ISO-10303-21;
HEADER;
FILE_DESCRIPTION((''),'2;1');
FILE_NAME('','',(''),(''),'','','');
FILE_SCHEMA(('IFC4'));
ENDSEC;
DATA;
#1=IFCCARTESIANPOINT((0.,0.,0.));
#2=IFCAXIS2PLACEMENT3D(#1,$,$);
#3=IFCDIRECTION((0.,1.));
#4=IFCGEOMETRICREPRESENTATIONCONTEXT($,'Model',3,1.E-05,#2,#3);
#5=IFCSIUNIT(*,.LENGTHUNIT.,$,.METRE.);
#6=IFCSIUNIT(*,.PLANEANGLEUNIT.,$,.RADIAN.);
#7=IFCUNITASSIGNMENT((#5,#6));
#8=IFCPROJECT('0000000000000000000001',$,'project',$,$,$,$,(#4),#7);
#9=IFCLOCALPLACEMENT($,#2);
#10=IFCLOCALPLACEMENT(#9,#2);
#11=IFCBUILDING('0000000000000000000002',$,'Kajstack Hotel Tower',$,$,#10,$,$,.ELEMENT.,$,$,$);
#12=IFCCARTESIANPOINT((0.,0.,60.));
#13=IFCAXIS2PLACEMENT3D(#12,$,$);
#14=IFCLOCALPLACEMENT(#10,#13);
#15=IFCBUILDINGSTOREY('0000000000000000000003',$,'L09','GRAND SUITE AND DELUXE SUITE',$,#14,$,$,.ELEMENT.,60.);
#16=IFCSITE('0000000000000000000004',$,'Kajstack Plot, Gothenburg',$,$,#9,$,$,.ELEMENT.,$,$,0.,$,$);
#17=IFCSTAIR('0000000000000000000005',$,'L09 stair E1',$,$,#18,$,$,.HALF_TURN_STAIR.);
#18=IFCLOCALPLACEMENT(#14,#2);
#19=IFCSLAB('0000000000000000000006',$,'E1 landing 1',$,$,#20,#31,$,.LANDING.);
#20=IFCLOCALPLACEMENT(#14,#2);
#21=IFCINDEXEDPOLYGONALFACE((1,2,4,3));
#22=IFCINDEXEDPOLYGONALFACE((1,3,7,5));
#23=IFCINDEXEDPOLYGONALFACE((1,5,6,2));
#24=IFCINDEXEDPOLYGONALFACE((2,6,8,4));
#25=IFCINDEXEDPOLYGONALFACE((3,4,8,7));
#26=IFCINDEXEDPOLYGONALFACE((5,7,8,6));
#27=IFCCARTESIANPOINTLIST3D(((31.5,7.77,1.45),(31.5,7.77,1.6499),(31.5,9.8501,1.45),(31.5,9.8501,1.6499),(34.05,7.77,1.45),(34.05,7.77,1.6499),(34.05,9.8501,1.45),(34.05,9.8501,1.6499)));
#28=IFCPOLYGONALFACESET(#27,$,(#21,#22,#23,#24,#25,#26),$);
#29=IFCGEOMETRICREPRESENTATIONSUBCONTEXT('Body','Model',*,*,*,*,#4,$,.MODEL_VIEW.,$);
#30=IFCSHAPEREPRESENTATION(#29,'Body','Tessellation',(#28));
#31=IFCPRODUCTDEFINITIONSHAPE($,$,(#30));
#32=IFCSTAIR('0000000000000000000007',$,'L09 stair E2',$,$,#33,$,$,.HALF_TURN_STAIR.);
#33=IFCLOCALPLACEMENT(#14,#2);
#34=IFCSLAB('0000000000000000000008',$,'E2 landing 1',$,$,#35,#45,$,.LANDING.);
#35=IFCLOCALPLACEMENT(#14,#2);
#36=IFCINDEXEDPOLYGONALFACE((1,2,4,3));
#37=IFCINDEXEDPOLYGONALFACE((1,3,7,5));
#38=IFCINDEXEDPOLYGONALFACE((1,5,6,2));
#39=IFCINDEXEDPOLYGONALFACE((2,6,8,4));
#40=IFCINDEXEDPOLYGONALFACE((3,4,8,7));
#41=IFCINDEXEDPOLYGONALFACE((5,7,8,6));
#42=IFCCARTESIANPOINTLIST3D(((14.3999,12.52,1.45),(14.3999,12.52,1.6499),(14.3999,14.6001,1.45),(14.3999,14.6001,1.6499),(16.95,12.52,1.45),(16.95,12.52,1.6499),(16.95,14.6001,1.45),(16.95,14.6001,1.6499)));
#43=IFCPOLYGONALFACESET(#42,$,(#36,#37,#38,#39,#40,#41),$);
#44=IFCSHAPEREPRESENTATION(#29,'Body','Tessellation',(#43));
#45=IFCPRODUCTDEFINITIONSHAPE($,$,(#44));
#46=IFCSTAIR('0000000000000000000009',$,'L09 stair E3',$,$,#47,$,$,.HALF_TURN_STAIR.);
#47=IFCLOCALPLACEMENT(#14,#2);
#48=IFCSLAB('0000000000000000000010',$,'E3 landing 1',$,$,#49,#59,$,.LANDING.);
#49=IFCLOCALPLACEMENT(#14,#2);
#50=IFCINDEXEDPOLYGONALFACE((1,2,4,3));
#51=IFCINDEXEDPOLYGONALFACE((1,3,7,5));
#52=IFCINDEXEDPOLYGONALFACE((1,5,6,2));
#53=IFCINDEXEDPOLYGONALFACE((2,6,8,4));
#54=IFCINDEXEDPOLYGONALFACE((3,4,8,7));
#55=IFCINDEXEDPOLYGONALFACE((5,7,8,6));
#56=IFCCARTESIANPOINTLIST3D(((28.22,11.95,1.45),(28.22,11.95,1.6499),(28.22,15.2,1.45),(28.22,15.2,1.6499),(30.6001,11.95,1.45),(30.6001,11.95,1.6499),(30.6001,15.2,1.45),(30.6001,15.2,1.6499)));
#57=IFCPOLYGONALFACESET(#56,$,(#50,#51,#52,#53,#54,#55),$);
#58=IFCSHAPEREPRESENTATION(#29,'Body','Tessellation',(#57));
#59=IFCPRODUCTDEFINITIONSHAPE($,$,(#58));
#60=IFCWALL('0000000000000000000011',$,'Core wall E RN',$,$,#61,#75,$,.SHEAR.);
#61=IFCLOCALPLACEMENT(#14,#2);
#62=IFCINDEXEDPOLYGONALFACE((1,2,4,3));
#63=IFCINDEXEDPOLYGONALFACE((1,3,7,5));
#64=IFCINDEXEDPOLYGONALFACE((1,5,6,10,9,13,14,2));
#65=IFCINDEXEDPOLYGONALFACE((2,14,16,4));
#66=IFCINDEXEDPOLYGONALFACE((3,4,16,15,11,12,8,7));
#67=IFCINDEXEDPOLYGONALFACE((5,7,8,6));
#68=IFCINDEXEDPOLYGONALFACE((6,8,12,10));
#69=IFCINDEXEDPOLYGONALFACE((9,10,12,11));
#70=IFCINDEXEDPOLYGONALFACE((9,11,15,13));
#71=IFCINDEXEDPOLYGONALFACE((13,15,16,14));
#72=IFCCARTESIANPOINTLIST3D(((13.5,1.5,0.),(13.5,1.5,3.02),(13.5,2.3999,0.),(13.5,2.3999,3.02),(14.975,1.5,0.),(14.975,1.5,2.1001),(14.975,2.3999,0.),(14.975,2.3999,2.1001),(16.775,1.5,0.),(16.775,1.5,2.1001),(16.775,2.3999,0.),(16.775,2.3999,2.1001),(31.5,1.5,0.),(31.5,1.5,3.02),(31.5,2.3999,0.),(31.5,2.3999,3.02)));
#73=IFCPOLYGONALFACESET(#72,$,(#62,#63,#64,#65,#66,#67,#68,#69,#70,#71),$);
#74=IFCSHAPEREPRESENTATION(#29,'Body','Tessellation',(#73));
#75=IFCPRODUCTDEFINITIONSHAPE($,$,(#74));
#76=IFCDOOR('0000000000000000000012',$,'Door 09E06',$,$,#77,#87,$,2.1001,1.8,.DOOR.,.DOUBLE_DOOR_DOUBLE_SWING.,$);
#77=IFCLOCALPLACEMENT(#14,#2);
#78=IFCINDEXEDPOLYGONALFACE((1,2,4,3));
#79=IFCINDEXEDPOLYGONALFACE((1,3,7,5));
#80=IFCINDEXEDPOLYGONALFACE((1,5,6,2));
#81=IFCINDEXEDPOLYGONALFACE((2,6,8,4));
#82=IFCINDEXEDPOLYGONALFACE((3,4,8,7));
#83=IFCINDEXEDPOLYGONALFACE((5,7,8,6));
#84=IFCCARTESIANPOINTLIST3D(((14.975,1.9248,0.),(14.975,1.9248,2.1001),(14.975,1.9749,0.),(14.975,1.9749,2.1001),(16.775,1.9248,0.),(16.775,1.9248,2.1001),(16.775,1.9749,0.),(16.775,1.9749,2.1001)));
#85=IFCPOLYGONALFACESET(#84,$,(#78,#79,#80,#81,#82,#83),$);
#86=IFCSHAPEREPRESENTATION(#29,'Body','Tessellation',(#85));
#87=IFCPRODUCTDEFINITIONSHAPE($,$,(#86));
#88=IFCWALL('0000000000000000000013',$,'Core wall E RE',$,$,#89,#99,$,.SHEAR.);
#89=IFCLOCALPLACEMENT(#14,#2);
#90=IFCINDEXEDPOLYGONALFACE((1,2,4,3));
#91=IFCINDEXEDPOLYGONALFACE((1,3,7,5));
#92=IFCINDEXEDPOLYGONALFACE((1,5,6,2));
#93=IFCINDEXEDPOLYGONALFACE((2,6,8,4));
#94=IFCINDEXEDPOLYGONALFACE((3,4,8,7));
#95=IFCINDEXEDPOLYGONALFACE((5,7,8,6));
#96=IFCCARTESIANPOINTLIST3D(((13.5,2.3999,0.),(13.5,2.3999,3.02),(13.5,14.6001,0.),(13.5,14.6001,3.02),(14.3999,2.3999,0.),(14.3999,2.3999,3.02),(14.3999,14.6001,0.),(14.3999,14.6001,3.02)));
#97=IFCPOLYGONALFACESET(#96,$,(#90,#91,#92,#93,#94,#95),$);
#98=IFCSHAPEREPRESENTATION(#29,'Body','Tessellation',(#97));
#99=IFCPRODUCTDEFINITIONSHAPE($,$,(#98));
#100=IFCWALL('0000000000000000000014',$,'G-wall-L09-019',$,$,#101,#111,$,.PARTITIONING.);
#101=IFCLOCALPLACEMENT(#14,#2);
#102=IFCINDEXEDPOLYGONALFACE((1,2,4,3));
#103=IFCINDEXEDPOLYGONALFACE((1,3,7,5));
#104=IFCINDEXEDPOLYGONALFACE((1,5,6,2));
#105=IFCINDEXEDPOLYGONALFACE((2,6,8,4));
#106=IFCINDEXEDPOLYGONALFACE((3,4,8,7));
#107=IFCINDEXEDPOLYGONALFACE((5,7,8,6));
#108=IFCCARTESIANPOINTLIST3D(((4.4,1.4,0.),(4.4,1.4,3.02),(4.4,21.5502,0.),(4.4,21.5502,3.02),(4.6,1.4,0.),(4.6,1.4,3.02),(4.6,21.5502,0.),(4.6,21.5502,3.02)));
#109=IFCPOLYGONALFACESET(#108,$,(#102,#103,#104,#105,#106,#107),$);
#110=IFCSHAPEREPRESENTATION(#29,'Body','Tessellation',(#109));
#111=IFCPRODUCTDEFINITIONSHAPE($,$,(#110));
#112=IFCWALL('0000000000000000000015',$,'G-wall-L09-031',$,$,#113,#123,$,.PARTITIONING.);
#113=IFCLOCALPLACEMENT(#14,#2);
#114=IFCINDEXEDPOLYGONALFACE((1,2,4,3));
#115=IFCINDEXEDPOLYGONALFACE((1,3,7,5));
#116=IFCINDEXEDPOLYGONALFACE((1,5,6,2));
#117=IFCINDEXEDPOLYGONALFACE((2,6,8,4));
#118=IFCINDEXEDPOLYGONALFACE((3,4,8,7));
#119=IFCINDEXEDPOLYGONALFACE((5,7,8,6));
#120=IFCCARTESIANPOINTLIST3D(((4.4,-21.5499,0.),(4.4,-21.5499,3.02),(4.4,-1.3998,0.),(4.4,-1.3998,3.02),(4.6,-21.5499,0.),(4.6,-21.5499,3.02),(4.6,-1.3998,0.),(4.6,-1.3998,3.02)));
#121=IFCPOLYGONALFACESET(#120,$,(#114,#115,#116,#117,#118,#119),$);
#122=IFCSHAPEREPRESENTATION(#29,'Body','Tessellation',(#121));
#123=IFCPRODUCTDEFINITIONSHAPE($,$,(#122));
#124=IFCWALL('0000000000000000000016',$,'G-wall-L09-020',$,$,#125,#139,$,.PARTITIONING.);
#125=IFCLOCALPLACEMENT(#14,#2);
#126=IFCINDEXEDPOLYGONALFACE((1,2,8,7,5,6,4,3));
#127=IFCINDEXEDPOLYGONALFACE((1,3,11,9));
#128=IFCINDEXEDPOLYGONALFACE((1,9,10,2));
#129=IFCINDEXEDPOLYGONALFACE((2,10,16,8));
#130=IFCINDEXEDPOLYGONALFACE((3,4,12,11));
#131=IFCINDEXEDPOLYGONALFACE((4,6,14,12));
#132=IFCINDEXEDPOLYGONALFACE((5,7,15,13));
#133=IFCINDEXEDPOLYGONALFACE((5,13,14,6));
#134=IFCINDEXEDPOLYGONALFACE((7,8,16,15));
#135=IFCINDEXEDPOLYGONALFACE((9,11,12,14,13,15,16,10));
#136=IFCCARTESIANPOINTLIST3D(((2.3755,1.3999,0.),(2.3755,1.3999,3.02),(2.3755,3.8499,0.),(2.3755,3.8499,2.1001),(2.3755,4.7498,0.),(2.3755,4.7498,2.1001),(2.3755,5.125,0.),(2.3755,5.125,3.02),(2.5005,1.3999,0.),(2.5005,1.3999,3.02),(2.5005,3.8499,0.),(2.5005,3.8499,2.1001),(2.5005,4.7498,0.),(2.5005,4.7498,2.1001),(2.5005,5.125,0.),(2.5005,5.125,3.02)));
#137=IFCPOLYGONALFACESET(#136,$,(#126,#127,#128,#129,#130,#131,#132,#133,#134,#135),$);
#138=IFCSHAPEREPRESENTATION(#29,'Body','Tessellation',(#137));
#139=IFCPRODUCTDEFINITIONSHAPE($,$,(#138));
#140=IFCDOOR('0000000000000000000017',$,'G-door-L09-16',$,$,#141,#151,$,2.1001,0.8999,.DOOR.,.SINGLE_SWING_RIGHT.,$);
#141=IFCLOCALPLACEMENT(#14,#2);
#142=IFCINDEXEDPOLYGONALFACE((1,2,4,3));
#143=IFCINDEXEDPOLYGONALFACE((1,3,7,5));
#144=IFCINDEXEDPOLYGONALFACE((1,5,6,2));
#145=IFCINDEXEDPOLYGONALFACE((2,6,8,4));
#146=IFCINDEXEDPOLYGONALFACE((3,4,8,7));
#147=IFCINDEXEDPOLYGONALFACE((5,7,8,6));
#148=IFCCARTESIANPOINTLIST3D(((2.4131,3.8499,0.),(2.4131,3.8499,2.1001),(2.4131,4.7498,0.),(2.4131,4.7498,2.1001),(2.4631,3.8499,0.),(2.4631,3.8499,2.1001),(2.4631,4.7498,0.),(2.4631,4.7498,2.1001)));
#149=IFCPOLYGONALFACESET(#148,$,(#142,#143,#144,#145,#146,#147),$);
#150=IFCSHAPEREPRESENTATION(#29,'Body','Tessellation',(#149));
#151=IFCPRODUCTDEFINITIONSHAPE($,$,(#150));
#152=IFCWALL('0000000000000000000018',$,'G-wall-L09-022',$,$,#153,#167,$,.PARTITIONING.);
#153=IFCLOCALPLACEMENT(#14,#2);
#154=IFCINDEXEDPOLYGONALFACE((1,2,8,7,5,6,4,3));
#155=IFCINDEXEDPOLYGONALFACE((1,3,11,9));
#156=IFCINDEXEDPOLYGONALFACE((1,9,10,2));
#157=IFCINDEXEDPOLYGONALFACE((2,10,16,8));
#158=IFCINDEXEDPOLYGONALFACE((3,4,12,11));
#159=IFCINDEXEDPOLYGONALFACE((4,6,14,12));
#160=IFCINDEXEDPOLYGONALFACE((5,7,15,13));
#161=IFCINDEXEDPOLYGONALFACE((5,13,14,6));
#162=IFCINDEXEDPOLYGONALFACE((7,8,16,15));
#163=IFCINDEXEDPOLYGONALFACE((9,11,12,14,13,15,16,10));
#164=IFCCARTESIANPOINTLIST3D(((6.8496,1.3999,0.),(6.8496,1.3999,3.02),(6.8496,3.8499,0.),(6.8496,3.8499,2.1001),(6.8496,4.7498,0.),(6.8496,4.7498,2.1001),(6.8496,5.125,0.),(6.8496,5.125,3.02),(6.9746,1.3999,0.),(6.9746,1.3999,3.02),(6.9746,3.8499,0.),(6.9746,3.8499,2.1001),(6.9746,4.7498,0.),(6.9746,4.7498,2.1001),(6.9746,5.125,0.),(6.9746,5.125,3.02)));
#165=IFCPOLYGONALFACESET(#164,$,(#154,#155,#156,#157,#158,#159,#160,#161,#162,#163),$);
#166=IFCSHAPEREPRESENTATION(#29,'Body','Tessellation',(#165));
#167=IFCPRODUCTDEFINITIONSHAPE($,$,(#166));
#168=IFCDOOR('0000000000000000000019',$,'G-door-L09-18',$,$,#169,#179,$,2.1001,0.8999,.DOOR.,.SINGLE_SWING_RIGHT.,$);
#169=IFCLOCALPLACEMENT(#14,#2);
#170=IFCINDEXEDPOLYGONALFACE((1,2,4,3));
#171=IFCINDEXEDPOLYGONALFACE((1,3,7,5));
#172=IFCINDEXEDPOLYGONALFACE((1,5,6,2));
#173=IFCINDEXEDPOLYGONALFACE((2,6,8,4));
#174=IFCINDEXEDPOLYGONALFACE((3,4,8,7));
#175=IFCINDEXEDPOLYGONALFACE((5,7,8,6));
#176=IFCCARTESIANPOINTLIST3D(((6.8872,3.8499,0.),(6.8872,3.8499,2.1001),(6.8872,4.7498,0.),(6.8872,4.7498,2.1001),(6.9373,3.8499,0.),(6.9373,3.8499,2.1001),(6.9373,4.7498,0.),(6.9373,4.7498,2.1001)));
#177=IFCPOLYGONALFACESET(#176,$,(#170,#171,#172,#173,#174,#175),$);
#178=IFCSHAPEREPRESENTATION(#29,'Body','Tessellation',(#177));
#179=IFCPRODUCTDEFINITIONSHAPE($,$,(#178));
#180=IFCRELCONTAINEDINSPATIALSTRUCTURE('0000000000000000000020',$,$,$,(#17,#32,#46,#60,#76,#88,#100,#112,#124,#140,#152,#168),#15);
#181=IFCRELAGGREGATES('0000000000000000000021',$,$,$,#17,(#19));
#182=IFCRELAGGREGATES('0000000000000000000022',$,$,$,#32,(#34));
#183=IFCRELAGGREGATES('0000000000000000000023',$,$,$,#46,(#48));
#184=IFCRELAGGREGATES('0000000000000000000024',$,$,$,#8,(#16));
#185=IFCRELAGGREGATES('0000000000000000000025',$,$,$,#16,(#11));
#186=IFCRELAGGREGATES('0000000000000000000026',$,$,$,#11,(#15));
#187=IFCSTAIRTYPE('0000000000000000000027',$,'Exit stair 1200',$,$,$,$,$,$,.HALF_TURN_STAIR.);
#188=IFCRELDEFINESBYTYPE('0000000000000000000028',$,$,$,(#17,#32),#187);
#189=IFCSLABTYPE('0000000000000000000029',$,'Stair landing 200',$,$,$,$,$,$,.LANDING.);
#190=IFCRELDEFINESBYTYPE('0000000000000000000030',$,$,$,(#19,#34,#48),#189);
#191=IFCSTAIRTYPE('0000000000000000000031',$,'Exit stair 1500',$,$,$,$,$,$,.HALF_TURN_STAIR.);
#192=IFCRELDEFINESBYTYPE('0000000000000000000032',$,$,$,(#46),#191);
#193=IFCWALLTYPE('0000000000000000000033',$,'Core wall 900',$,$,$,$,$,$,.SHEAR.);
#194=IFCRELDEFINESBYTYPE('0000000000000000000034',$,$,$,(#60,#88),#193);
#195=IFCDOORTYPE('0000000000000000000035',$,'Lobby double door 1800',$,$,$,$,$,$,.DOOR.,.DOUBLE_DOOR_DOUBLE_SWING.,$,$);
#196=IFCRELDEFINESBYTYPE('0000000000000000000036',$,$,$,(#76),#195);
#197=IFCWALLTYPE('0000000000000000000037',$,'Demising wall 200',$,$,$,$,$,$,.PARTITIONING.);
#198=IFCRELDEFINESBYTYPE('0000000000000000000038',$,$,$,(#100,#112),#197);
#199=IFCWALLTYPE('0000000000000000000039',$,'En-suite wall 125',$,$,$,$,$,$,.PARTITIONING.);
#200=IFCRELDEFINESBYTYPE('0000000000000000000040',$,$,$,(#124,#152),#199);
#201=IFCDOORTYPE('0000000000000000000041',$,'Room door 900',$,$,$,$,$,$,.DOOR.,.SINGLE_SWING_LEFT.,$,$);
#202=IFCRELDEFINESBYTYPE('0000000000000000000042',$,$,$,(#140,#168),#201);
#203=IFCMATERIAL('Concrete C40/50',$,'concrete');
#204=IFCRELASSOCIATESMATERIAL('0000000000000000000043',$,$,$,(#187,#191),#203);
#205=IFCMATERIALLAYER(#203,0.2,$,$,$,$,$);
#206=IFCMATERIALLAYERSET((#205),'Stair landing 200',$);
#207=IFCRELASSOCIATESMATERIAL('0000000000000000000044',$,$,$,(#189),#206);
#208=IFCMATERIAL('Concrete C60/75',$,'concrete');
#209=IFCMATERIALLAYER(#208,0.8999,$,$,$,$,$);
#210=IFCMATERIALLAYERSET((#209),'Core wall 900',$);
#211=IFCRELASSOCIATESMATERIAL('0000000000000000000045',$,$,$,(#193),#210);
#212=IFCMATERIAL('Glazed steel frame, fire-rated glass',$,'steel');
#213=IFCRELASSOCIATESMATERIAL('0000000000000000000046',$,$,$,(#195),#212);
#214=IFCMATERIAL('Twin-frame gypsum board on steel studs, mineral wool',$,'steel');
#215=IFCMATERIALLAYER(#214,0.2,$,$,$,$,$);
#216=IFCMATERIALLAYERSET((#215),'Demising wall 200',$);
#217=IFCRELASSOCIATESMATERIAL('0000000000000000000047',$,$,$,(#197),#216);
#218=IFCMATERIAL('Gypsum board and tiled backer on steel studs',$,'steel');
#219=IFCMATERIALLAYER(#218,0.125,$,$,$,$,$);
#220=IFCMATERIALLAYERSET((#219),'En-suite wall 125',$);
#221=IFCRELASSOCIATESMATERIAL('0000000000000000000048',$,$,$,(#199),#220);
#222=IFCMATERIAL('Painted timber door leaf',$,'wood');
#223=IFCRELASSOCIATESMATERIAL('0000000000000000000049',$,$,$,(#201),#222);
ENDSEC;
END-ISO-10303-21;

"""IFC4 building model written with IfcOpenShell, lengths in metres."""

from ifc_helpers import new_model, si_unit, direction, frame, frame_2d, origin, place, context, subcontext, project, spatial, polyline, rectangle, outline, extrude, material, layer, layer_set, type_object, element, fill, aggregate, save


model = new_model("IFC4")

# Units and contexts
model_context = context("Model", 3, precision=1e-05, world=origin(), true_north=direction((0.0, 1.0)))
body_context = subcontext(model_context, "Body", "Model", "MODEL_VIEW")
ifc_project = project(units=[si_unit("LENGTHUNIT", "METRE"), si_unit("PLANEANGLEUNIT", "RADIAN")], contexts=[model_context])

# Site, building, storey
site_placement = place(None, origin())
site = spatial("IfcSite", under=ifc_project, at=site_placement, Name="Kajstack Plot, Gothenburg", CompositionType="ELEMENT", RefElevation=0.0)
building_placement = place(site_placement, origin())
building = spatial("IfcBuilding", under=site, at=building_placement, Name="Kajstack Hotel Tower", CompositionType="ELEMENT")
storey_placement = place(building_placement, frame((0.0, 0.0, 60.0)))
storey = spatial("IfcBuildingStorey", under=building, at=storey_placement, Name="L09", Description="GRAND SUITE AND DELUXE SUITE", CompositionType="ELEMENT", Elevation=60.0)

# Stairs, slabs
ifc_material_1 = material(Name="Concrete C40/50", Category="concrete")
stair_type_1 = type_object("IfcStairType", Name="Exit stair 1200", PredefinedType="HALF_TURN_STAIR", material=ifc_material_1)
stair_1_placement = place(storey_placement, origin())
stair_1 = element("IfcStair", 1, at=stair_1_placement, inside=storey, type_object=stair_type_1, Name="L09 stair E1", PredefinedType="HALF_TURN_STAIR")
ifc_layer_1 = layer(ifc_material_1, 0.2)
ifc_layer_set_1 = layer_set([ifc_layer_1], Name="Stair landing 200")
slab_type = type_object("IfcSlabType", Name="Stair landing 200", PredefinedType="LANDING", material=ifc_layer_set_1)
slab_1_placement = place(storey_placement, frame((0.0, 0.0, 1.45)))
slab_1 = element("IfcSlab", 2, at=slab_1_placement, type_object=slab_type, Name="E1 landing 1", PredefinedType="LANDING", context=body_context, shape_type="SweptSolid", body=[
    extrude(outline(polyline([(34.05, 7.77), (34.05, 9.8501), (31.5, 9.8501), (31.5, 7.77), (34.05, 7.77)])), origin(), (0.0, 0.0, 1.0), 0.2),
])
aggregate(stair_1, [slab_1])
stair_2_placement = place(storey_placement, origin())
stair_2 = element("IfcStair", 3, at=stair_2_placement, inside=storey, type_object=stair_type_1, Name="L09 stair E2", PredefinedType="HALF_TURN_STAIR")
slab_2_placement = place(storey_placement, frame((0.0, 0.0, 1.45)))
slab_2 = element("IfcSlab", 4, at=slab_2_placement, type_object=slab_type, Name="E2 landing 1", PredefinedType="LANDING", context=body_context, shape_type="SweptSolid", body=[
    extrude(outline(polyline([(16.95, 12.52), (16.95, 14.6001), (14.3999, 14.6001), (14.3999, 12.52), (16.95, 12.52)])), origin(), (0.0, 0.0, 1.0), 0.2),
])
aggregate(stair_2, [slab_2])
stair_type_2 = type_object("IfcStairType", Name="Exit stair 1500", PredefinedType="HALF_TURN_STAIR", material=ifc_material_1)
stair_3_placement = place(storey_placement, origin())
stair_3 = element("IfcStair", 5, at=stair_3_placement, inside=storey, type_object=stair_type_2, Name="L09 stair E3", PredefinedType="HALF_TURN_STAIR")
slab_3_placement = place(storey_placement, frame((0.0, 0.0, 1.45)))
slab_3 = element("IfcSlab", 6, at=slab_3_placement, type_object=slab_type, Name="E3 landing 1", PredefinedType="LANDING", context=body_context, shape_type="SweptSolid", body=[
    extrude(outline(polyline([(28.22, 11.95), (30.6001, 11.95), (30.6001, 15.2), (28.22, 15.2), (28.22, 11.95)])), origin(), (0.0, 0.0, 1.0), 0.2),
])
aggregate(stair_3, [slab_3])

# Wall, opening, door
ifc_material_2 = material(Name="Concrete C60/75", Category="concrete")
ifc_layer_2 = layer(ifc_material_2, 0.8999)
ifc_layer_set_2 = layer_set([ifc_layer_2], Name="Core wall 900")
wall_type_1 = type_object("IfcWallType", Name="Core wall 900", PredefinedType="SHEAR", material=ifc_layer_set_2)
wall_1_placement = place(storey_placement, frame((13.5, 1.95, 0.0), z_axis=(0.0, 0.0, 1.0), x_axis=(1.0, 0.0, 0.0)))
wall_1 = element("IfcWall", 7, at=wall_1_placement, inside=storey, type_object=wall_type_1, Name="Core wall E RN", PredefinedType="SHEAR", context=body_context, shape_type="SweptSolid", body=[
    extrude(rectangle(XDim=18.0, YDim=0.8999, at=frame_2d((9.0, 0.0))), origin(), (0.0, 0.0, 1.0), 3.02),
])
opening_1_placement = place(wall_1_placement, frame((1.4751, 0.0, 0.0)))
opening_1 = element("IfcOpeningElement", 8, at=opening_1_placement, cuts=wall_1, PredefinedType="OPENING", context=body_context, shape_type="SweptSolid", body=[
    extrude(rectangle(XDim=1.8, YDim=2.1001, at=frame_2d((0.8999, 1.05))), frame((0.0, 0.46, 0.0), z_axis=(0.0, -1.0, 0.0), x_axis=(1.0, 0.0, 0.0)), (0.0, 0.0, 1.0), 0.9199),
])
ifc_material_3 = material(Name="Glazed steel frame, fire-rated glass", Category="steel")
door_type_1 = type_object("IfcDoorType", Name="Lobby double door 1800", OperationType="DOUBLE_DOOR_DOUBLE_SWING", PredefinedType="DOOR", material=ifc_material_3)
door_1_placement = place(opening_1_placement, origin())
door_1 = element("IfcDoor", 9, at=door_1_placement, inside=storey, type_object=door_type_1, Name="Door 09E06", OperationType="DOUBLE_DOOR_DOUBLE_SWING", OverallHeight=2.1001, OverallWidth=1.8, PredefinedType="DOOR", context=body_context, shape_type="SweptSolid", body=[
    extrude(rectangle(XDim=1.8, YDim=2.1001, at=frame_2d((0.8999, 1.05))), frame((0.0, 0.0249, 0.0), z_axis=(0.0, -1.0, 0.0), x_axis=(1.0, 0.0, 0.0)), (0.0, 0.0, 1.0), 0.05),
])
fill(opening_1, door_1)

# Walls
wall_2_placement = place(storey_placement, frame((13.95, 2.3999, 0.0), z_axis=(0.0, 0.0, 1.0), x_axis=(0.0, 1.0, 0.0)))
element("IfcWall", 10, at=wall_2_placement, inside=storey, type_object=wall_type_1, Name="Core wall E RE", PredefinedType="SHEAR", context=body_context, shape_type="SweptSolid", body=[
    extrude(rectangle(XDim=12.2002, YDim=0.8999, at=frame_2d((6.1001, 0.0))), origin(), (0.0, 0.0, 1.0), 3.02),
])
ifc_material_4 = material(Name="Twin-frame gypsum board on steel studs, mineral wool", Category="steel")
ifc_layer_3 = layer(ifc_material_4, 0.2)
ifc_layer_set_3 = layer_set([ifc_layer_3], Name="Demising wall 200")
wall_type_2 = type_object("IfcWallType", Name="Demising wall 200", PredefinedType="PARTITIONING", material=ifc_layer_set_3)
for number, where, z_axis, x_axis, name in (
    (11, (4.5, 1.3999, 0.0), (0.0, 0.0, 1.0), (0.0, 1.0, 0.0), "G-wall-L09-019"),
    (12, (4.5, -21.55, 0.0), (0.0, 0.0, 1.0), (0.0, 1.0, 0.0), "G-wall-L09-031"),
):
    element("IfcWall", number, at=place(storey_placement, frame(where, z_axis=z_axis, x_axis=x_axis)), inside=storey, type_object=wall_type_2, Name=name, PredefinedType="PARTITIONING", context=body_context, shape_type="SweptSolid", body=[
        extrude(rectangle(XDim=20.1501, YDim=0.2, at=frame_2d((10.0752, 0.0))), origin(), (0.0, 0.0, 1.0), 3.02),
    ])

# Walls, openings, doors
ifc_material_5 = material(Name="Gypsum board and tiled backer on steel studs", Category="steel")
ifc_layer_4 = layer(ifc_material_5, 0.125)
ifc_layer_set_4 = layer_set([ifc_layer_4], Name="En-suite wall 125")
wall_type_3 = type_object("IfcWallType", Name="En-suite wall 125", PredefinedType="PARTITIONING", material=ifc_layer_set_4)
wall_3_placement = place(storey_placement, frame((2.438, 1.3999, 0.0), z_axis=(0.0, 0.0, 1.0), x_axis=(0.0, 1.0, 0.0)))
wall_3 = element("IfcWall", 13, at=wall_3_placement, inside=storey, type_object=wall_type_3, Name="G-wall-L09-020", PredefinedType="PARTITIONING", context=body_context, shape_type="SweptSolid", body=[
    extrude(rectangle(XDim=3.7251, YDim=0.125, at=frame_2d((1.8625, 0.0))), origin(), (0.0, 0.0, 1.0), 3.02),
])
opening_2_placement = place(wall_3_placement, frame((2.45, 0.0, 0.0)))
opening_2 = element("IfcOpeningElement", 14, at=opening_2_placement, cuts=wall_3, PredefinedType="OPENING", context=body_context, shape_type="SweptSolid", body=[
    extrude(rectangle(XDim=0.8999, YDim=2.1001, at=frame_2d((0.45, 1.05))), frame((0.0, 0.0725, 0.0), z_axis=(0.0, -1.0, 0.0), x_axis=(1.0, 0.0, 0.0)), (0.0, 0.0, 1.0), 0.145),
])
ifc_material_6 = material(Name="Painted timber door leaf", Category="wood")
door_type_2 = type_object("IfcDoorType", Name="Room door 900", OperationType="SINGLE_SWING_LEFT", PredefinedType="DOOR", material=ifc_material_6)
door_2_placement = place(opening_2_placement, origin())
door_2 = element("IfcDoor", 15, at=door_2_placement, inside=storey, type_object=door_type_2, Name="G-door-L09-16", OperationType="SINGLE_SWING_RIGHT", OverallHeight=2.1001, OverallWidth=0.8999, PredefinedType="DOOR", context=body_context, shape_type="SweptSolid", body=[
    extrude(rectangle(XDim=0.8999, YDim=2.1001, at=frame_2d((0.45, 1.05))), frame((0.0, 0.0249, 0.0), z_axis=(0.0, -1.0, 0.0), x_axis=(1.0, 0.0, 0.0)), (0.0, 0.0, 1.0), 0.05),
])
fill(opening_2, door_2)
wall_4_placement = place(storey_placement, frame((6.9121, 1.3999, 0.0), z_axis=(0.0, 0.0, 1.0), x_axis=(0.0, 1.0, 0.0)))
wall_4 = element("IfcWall", 16, at=wall_4_placement, inside=storey, type_object=wall_type_3, Name="G-wall-L09-022", PredefinedType="PARTITIONING", context=body_context, shape_type="SweptSolid", body=[
    extrude(rectangle(XDim=3.7251, YDim=0.125, at=frame_2d((1.8625, 0.0))), origin(), (0.0, 0.0, 1.0), 3.02),
])
opening_3_placement = place(wall_4_placement, frame((2.45, 0.0, 0.0)))
opening_3 = element("IfcOpeningElement", 17, at=opening_3_placement, cuts=wall_4, PredefinedType="OPENING", context=body_context, shape_type="SweptSolid", body=[
    extrude(rectangle(XDim=0.8999, YDim=2.1001, at=frame_2d((0.45, 1.05))), frame((0.0, 0.0725, 0.0), z_axis=(0.0, -1.0, 0.0), x_axis=(1.0, 0.0, 0.0)), (0.0, 0.0, 1.0), 0.145),
])
door_3_placement = place(opening_3_placement, origin())
door_3 = element("IfcDoor", 18, at=door_3_placement, inside=storey, type_object=door_type_2, Name="G-door-L09-18", OperationType="SINGLE_SWING_RIGHT", OverallHeight=2.1001, OverallWidth=0.8999, PredefinedType="DOOR", context=body_context, shape_type="SweptSolid", body=[
    extrude(rectangle(XDim=0.8999, YDim=2.1001, at=frame_2d((0.45, 1.05))), frame((0.0, 0.0249, 0.0), z_axis=(0.0, -1.0, 0.0), x_axis=(1.0, 0.0, 0.0)), (0.0, 0.0, 1.0), 0.05),
])
fill(opening_3, door_3)

save(model, "model.ifc")
